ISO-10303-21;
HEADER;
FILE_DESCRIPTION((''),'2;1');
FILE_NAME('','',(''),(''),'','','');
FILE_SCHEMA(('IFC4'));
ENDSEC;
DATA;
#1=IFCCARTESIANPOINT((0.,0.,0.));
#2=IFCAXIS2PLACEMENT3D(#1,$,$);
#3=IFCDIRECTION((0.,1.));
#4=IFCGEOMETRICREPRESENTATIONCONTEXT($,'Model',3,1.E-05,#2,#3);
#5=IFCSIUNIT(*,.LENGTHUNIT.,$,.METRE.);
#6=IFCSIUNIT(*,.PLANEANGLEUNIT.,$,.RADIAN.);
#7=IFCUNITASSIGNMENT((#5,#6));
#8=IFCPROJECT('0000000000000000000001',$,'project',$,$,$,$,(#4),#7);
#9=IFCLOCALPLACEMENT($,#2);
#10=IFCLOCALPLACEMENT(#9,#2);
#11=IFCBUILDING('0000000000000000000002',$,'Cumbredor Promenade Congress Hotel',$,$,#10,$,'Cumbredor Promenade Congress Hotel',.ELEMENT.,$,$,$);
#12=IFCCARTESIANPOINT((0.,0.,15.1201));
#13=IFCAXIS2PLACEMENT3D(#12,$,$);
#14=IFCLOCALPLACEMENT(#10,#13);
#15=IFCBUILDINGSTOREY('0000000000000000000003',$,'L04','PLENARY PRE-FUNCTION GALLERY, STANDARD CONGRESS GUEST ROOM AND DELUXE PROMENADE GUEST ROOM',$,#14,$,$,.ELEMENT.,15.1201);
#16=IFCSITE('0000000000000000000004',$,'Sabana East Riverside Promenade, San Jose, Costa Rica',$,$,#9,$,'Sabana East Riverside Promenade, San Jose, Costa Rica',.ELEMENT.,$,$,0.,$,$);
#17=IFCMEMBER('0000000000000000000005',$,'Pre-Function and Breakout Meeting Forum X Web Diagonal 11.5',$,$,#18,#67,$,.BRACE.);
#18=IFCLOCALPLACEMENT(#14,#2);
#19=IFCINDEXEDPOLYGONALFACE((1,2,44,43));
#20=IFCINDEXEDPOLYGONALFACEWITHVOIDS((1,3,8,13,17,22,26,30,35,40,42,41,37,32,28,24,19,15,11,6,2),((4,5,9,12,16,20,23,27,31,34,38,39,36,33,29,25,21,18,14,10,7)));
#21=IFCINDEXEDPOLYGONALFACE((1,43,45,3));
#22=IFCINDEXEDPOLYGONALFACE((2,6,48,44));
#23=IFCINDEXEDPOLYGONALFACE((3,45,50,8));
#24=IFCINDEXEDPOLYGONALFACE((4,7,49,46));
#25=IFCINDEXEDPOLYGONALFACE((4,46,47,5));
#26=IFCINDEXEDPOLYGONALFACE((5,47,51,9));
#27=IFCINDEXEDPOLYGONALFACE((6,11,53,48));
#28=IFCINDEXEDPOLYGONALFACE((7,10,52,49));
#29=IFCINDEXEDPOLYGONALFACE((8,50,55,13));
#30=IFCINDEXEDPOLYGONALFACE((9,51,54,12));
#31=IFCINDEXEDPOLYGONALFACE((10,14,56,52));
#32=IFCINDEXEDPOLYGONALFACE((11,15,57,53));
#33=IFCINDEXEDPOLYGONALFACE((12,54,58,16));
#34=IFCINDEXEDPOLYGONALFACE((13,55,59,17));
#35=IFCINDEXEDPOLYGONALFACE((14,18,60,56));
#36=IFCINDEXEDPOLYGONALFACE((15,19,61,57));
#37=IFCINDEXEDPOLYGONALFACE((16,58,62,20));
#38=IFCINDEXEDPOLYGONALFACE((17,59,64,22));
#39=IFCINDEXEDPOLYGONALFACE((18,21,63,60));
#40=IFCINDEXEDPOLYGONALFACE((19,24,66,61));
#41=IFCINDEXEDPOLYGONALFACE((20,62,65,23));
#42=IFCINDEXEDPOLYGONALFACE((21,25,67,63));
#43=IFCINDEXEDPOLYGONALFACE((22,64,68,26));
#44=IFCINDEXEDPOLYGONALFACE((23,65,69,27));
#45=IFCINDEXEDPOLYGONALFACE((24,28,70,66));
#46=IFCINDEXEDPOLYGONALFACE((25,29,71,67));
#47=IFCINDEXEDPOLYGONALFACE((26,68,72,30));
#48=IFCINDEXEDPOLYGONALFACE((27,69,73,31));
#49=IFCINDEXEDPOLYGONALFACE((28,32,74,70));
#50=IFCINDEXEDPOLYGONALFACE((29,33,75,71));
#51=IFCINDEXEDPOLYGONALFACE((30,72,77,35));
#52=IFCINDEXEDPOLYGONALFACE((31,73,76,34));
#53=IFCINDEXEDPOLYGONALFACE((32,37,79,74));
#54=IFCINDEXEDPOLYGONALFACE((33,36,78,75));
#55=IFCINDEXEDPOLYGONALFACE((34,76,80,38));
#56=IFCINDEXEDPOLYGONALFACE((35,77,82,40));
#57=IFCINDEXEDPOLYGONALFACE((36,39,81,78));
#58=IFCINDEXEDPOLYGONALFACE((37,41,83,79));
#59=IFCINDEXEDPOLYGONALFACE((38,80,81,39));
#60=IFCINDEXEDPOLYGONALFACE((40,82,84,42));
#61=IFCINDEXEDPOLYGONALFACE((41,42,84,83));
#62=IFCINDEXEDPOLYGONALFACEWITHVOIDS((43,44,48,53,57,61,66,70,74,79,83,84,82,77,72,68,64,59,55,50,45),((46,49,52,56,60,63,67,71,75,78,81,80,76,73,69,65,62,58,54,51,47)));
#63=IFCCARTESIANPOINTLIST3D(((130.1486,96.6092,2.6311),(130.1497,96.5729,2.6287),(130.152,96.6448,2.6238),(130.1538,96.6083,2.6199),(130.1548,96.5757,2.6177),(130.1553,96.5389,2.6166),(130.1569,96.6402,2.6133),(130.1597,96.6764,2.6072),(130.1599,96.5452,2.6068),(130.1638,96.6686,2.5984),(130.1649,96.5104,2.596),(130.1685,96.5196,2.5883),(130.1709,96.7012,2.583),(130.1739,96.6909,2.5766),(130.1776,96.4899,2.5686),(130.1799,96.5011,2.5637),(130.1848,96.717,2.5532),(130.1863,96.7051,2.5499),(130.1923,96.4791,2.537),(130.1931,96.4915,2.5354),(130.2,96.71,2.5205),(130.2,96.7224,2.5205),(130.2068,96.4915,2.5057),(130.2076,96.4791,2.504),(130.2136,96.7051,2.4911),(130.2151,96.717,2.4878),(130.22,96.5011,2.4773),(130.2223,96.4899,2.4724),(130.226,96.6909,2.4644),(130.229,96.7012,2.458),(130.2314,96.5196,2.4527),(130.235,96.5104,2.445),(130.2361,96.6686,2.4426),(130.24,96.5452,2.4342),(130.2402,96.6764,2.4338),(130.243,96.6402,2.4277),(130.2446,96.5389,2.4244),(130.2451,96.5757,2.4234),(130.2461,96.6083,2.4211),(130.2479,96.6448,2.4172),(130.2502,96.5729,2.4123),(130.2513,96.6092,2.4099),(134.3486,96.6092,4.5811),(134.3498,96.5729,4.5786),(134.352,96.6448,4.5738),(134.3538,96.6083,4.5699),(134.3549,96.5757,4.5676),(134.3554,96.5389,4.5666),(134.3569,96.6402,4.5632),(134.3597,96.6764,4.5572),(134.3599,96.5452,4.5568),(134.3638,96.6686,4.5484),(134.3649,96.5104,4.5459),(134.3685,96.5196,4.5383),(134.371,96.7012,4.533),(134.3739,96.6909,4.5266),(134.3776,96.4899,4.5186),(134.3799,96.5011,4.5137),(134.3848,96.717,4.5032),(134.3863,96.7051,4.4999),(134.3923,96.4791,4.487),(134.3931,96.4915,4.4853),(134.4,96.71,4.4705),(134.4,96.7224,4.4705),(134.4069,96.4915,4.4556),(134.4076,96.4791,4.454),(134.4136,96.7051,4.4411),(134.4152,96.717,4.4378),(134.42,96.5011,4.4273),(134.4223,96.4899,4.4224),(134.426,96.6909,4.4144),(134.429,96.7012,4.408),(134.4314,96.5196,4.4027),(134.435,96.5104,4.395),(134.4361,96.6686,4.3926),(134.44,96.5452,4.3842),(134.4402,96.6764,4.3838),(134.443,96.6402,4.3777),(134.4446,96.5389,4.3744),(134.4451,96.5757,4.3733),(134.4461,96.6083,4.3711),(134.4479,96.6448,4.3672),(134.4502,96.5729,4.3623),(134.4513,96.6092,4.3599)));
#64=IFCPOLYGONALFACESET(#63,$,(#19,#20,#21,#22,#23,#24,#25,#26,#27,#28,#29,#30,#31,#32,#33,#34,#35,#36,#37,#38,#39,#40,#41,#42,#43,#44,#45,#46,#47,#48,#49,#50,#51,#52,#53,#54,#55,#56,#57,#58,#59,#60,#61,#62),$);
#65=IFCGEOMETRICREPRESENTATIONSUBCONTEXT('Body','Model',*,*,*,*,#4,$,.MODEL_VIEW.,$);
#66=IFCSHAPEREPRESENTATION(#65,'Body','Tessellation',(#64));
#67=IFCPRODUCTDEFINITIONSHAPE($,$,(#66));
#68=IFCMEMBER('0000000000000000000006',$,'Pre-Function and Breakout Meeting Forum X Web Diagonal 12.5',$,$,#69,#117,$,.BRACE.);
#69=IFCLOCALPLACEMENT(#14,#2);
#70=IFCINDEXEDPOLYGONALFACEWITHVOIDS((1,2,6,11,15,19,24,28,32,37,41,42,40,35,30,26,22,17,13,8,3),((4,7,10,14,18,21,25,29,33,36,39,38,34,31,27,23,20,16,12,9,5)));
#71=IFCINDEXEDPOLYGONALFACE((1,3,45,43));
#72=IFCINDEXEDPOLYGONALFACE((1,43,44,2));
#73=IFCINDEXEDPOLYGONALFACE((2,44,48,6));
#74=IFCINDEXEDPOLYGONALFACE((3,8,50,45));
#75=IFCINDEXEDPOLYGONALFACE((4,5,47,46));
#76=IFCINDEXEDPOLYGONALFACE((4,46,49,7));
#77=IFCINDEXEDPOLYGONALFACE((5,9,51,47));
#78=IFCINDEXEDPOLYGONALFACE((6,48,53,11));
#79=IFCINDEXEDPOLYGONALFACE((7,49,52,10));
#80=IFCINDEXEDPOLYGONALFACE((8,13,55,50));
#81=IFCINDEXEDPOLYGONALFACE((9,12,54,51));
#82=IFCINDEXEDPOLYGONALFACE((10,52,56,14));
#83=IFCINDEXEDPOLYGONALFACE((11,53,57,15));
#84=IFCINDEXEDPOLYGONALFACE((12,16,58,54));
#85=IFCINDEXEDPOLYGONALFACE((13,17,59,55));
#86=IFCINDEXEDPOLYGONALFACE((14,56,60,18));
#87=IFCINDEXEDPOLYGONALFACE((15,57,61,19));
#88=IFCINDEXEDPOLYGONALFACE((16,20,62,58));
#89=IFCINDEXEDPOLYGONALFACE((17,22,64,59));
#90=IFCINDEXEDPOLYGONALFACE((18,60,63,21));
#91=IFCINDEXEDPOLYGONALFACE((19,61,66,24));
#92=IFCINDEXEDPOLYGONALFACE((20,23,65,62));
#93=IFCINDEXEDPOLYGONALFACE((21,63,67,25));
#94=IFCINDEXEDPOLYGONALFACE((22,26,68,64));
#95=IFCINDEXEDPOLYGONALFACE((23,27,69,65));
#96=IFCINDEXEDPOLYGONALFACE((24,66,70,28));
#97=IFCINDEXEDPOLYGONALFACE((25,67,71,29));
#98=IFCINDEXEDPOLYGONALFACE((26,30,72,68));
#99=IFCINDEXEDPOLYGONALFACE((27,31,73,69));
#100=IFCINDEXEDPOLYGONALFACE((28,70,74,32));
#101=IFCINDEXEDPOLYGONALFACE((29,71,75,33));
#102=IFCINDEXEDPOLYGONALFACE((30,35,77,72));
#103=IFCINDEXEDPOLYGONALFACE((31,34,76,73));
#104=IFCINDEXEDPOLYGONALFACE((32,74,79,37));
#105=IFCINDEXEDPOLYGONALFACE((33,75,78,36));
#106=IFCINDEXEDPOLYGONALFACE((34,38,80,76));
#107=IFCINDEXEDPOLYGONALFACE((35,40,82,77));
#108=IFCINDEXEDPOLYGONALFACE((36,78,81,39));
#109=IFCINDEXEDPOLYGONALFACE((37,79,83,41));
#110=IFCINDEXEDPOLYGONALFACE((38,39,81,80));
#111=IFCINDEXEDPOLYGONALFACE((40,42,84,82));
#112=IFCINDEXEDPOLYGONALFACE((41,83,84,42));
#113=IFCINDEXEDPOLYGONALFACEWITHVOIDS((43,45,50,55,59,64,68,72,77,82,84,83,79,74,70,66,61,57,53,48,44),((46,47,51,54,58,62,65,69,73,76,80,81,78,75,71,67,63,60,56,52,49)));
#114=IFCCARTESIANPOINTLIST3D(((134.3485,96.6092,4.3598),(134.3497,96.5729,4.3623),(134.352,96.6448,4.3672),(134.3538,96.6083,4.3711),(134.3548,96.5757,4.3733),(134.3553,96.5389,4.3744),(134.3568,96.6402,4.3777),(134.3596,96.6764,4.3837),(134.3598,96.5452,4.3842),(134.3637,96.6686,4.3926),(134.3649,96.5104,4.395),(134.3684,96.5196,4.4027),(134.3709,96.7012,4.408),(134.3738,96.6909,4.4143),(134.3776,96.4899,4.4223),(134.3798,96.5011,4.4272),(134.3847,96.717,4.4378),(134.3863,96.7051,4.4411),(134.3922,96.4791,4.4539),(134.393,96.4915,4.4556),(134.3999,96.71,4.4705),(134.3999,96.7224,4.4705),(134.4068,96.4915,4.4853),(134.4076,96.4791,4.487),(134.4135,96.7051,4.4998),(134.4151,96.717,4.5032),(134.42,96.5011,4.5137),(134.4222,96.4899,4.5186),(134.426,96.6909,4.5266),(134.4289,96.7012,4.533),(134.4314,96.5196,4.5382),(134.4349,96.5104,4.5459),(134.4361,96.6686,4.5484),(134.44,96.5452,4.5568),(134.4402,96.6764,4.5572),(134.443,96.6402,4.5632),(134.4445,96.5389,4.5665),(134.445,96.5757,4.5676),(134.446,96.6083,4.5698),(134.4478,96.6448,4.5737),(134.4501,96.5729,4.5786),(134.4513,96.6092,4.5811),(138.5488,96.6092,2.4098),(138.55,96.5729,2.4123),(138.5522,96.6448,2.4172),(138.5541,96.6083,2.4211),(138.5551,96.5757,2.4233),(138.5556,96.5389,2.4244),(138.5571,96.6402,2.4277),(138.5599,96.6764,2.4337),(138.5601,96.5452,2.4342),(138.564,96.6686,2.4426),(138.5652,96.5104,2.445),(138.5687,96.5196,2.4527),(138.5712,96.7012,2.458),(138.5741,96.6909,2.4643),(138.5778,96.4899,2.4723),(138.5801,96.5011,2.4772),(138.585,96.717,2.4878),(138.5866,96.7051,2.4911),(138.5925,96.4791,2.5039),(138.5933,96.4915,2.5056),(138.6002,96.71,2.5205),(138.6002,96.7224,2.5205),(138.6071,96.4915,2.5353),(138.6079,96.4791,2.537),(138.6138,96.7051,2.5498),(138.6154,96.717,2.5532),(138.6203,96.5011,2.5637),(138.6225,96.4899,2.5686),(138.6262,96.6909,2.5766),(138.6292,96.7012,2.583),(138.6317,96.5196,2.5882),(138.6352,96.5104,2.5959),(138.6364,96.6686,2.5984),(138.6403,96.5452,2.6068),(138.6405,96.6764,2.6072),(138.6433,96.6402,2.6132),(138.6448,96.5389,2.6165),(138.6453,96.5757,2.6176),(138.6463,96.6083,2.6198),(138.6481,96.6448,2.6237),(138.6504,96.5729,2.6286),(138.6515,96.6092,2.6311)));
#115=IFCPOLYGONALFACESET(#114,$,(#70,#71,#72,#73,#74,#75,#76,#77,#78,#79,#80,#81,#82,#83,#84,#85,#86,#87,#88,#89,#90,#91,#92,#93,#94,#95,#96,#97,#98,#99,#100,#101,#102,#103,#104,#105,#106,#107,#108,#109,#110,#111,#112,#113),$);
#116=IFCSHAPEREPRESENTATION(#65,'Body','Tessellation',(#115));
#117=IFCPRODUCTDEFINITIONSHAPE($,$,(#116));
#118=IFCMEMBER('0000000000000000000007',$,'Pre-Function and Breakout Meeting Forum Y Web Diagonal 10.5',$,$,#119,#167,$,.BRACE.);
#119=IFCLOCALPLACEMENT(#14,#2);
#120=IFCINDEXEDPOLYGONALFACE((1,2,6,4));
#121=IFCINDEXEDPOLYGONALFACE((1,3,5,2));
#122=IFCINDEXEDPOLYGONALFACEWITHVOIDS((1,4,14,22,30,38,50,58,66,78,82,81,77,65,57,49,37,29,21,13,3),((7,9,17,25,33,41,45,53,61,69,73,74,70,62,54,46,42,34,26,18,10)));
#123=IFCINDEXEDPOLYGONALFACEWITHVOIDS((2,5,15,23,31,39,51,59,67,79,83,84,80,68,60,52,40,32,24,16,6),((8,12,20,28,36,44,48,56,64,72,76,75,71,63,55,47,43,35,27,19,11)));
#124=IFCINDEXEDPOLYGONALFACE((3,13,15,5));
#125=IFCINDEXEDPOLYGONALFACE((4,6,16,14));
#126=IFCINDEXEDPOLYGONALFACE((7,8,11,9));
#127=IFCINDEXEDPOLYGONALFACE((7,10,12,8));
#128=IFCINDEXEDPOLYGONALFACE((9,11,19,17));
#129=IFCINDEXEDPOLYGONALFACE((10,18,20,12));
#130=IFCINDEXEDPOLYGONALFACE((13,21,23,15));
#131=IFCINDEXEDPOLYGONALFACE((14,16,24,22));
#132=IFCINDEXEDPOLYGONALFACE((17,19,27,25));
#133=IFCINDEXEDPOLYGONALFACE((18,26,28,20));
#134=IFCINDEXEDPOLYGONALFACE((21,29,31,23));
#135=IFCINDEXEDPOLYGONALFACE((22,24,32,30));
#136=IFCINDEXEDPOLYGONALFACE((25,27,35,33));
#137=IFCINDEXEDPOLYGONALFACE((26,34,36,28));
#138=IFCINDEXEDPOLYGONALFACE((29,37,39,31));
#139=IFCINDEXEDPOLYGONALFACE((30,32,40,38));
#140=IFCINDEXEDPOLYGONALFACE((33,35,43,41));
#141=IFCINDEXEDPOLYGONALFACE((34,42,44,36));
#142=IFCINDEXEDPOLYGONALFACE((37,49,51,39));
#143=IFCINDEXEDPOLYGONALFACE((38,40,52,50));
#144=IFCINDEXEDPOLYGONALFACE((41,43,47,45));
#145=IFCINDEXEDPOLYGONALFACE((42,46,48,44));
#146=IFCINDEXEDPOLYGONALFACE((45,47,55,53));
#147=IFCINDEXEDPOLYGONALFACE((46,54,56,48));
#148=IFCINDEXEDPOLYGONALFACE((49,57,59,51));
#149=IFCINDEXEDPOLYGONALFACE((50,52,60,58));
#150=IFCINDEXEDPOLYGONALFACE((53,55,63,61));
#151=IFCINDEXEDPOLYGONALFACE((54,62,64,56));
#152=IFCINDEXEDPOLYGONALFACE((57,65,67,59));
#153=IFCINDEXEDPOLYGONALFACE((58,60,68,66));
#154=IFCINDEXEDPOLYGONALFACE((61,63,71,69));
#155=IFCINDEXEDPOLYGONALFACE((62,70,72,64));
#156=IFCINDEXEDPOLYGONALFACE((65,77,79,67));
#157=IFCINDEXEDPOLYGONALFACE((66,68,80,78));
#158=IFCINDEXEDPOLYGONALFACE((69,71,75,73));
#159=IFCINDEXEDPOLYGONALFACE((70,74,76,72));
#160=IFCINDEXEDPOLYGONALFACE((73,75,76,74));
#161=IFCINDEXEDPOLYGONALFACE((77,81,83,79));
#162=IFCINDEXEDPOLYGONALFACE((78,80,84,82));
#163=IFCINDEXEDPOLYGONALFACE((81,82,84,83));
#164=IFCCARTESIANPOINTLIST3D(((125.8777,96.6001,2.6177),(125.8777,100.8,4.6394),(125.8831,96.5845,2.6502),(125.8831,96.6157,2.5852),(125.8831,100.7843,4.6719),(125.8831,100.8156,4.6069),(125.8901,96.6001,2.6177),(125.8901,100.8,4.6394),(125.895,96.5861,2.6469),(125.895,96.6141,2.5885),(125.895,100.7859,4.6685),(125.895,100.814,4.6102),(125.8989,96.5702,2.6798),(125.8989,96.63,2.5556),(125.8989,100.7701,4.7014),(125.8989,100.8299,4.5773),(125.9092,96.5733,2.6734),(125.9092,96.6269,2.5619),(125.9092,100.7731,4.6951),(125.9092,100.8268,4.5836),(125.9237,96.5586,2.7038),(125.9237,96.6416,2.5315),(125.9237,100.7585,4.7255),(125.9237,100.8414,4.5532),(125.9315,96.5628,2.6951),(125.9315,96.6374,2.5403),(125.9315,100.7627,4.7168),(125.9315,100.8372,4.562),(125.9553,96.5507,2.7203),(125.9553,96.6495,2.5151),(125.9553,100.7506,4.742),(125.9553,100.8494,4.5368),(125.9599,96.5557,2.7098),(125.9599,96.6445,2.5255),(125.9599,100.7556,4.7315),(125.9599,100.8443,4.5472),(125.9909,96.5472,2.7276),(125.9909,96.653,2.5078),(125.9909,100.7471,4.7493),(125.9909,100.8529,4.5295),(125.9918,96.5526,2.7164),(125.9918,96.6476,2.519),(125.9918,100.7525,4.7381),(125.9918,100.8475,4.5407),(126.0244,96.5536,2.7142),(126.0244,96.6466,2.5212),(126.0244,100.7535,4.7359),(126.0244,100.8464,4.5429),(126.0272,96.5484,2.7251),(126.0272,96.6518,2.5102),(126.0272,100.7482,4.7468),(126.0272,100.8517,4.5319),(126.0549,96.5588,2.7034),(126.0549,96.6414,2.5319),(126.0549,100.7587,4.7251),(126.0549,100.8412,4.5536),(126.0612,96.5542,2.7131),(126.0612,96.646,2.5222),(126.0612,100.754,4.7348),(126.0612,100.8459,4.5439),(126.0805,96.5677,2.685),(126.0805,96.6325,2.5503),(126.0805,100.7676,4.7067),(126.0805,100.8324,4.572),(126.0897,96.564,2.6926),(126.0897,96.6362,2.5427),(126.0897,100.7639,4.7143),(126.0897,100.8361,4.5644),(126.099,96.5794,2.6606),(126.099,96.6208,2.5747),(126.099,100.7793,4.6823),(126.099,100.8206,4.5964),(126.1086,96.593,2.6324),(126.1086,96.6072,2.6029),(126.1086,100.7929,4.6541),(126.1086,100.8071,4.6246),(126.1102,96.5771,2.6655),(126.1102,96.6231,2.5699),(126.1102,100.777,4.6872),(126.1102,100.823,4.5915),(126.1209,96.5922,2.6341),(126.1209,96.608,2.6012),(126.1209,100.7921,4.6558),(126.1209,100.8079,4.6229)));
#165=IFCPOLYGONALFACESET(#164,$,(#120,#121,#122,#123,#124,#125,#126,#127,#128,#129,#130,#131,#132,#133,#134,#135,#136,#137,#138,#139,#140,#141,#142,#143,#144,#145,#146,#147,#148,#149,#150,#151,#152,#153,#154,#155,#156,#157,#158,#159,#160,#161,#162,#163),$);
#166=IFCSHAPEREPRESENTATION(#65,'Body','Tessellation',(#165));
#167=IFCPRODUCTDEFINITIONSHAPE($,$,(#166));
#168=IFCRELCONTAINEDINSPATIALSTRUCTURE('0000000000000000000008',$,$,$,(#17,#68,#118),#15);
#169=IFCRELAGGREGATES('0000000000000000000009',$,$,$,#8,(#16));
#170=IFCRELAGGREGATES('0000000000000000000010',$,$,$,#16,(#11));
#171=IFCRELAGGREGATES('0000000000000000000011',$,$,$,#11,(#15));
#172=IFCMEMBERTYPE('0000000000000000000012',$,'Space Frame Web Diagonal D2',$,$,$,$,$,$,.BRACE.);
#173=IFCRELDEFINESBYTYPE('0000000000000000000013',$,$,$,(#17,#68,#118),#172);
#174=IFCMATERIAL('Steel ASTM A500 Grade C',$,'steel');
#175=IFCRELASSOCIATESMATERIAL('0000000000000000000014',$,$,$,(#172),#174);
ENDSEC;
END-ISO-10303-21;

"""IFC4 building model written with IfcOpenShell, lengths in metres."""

from ifc_helpers import new_model, si_unit, direction, frame, origin, origin_2d, place, context, subcontext, project, spatial, hollow_circle, extrude, material, material_profile, profile_set, type_object, element, save


model = new_model("IFC4")

# Units and contexts
model_context = context("Model", 3, precision=1e-05, world=origin(), true_north=direction((0.0, 1.0)))
body_context = subcontext(model_context, "Body", "Model", "MODEL_VIEW")
ifc_project = project(units=[si_unit("LENGTHUNIT", "METRE"), si_unit("PLANEANGLEUNIT", "RADIAN")], contexts=[model_context])

# Site, building, storey
site_placement = place(None, origin())
site = spatial("IfcSite", under=ifc_project, at=site_placement, Name="Sabana East Riverside Promenade, San Jose, Costa Rica", LongName="Sabana East Riverside Promenade, San Jose, Costa Rica", CompositionType="ELEMENT", RefElevation=0.0)
building_placement = place(site_placement, origin())
building = spatial("IfcBuilding", under=site, at=building_placement, Name="Cumbredor Promenade Congress Hotel", LongName="Cumbredor Promenade Congress Hotel", CompositionType="ELEMENT")
storey_placement = place(building_placement, frame((0.0, 0.0, 15.1201)))
storey = spatial("IfcBuildingStorey", under=building, at=storey_placement, Name="L04", Description="PLENARY PRE-FUNCTION GALLERY, STANDARD CONGRESS GUEST ROOM AND DELUXE PROMENADE GUEST ROOM", CompositionType="ELEMENT", Elevation=15.1201)

# Members
ifc_material_1 = material(Name="Steel ASTM A500 Grade C", Category="steel")
ifc_material_profile_1 = material_profile(ifc_material_1, hollow_circle(Radius=0.1223, WallThickness=0.0125, at=origin_2d()), Name="CHS 244.5x12.5")
ifc_profile_set_1 = profile_set([ifc_material_profile_1], Name="Steel ASTM A500 Grade C")
member_type_1 = type_object("IfcMemberType", Name="Space Frame Web Diagonal D2", PredefinedType="BRACE", material=ifc_profile_set_1)
member_1_placement = place(storey_placement, frame((130.2, 96.6001, 2.5205), z_axis=(0.907011, 0.0, 0.421107), x_axis=(0.0, 1.0, 0.0)))
element("IfcMember", 1, at=member_1_placement, inside=storey, type_object=member_type_1, Name="Pre-Function and Breakout Meeting Forum X Web Diagonal 11.5", PredefinedType="BRACE", context=body_context, shape_type="SweptSolid", body=[
    extrude(hollow_circle(Radius=0.1223, WallThickness=0.0125, at=origin_2d()), origin(), (0.0, 0.0, 1.0), 4.6306),
])
member_2_placement = place(storey_placement, frame((134.3999, 96.6001, 4.4705), z_axis=(0.90702, 0.0, -0.421087), x_axis=(0.0, 1.0, 0.0)))
element("IfcMember", 2, at=member_2_placement, inside=storey, type_object=member_type_1, Name="Pre-Function and Breakout Meeting Forum X Web Diagonal 12.5", PredefinedType="BRACE", context=body_context, shape_type="SweptSolid", body=[
    extrude(hollow_circle(Radius=0.1223, WallThickness=0.0125, at=origin_2d()), origin(), (0.0, 0.0, 1.0), 4.6309),
])
member_3_placement = place(storey_placement, frame((126.0, 96.6001, 2.6177), z_axis=(0.0, 0.901041, 0.433734), x_axis=(-1.0, 0.0, 0.0)))
element("IfcMember", 3, at=member_3_placement, inside=storey, type_object=member_type_1, Name="Pre-Function and Breakout Meeting Forum Y Web Diagonal 10.5", PredefinedType="BRACE", context=body_context, shape_type="SweptSolid", body=[
    extrude(hollow_circle(Radius=0.1223, WallThickness=0.0125, at=origin_2d()), origin(), (0.0, 0.0, 1.0), 4.6611),
])

save(model, "model.ifc")
